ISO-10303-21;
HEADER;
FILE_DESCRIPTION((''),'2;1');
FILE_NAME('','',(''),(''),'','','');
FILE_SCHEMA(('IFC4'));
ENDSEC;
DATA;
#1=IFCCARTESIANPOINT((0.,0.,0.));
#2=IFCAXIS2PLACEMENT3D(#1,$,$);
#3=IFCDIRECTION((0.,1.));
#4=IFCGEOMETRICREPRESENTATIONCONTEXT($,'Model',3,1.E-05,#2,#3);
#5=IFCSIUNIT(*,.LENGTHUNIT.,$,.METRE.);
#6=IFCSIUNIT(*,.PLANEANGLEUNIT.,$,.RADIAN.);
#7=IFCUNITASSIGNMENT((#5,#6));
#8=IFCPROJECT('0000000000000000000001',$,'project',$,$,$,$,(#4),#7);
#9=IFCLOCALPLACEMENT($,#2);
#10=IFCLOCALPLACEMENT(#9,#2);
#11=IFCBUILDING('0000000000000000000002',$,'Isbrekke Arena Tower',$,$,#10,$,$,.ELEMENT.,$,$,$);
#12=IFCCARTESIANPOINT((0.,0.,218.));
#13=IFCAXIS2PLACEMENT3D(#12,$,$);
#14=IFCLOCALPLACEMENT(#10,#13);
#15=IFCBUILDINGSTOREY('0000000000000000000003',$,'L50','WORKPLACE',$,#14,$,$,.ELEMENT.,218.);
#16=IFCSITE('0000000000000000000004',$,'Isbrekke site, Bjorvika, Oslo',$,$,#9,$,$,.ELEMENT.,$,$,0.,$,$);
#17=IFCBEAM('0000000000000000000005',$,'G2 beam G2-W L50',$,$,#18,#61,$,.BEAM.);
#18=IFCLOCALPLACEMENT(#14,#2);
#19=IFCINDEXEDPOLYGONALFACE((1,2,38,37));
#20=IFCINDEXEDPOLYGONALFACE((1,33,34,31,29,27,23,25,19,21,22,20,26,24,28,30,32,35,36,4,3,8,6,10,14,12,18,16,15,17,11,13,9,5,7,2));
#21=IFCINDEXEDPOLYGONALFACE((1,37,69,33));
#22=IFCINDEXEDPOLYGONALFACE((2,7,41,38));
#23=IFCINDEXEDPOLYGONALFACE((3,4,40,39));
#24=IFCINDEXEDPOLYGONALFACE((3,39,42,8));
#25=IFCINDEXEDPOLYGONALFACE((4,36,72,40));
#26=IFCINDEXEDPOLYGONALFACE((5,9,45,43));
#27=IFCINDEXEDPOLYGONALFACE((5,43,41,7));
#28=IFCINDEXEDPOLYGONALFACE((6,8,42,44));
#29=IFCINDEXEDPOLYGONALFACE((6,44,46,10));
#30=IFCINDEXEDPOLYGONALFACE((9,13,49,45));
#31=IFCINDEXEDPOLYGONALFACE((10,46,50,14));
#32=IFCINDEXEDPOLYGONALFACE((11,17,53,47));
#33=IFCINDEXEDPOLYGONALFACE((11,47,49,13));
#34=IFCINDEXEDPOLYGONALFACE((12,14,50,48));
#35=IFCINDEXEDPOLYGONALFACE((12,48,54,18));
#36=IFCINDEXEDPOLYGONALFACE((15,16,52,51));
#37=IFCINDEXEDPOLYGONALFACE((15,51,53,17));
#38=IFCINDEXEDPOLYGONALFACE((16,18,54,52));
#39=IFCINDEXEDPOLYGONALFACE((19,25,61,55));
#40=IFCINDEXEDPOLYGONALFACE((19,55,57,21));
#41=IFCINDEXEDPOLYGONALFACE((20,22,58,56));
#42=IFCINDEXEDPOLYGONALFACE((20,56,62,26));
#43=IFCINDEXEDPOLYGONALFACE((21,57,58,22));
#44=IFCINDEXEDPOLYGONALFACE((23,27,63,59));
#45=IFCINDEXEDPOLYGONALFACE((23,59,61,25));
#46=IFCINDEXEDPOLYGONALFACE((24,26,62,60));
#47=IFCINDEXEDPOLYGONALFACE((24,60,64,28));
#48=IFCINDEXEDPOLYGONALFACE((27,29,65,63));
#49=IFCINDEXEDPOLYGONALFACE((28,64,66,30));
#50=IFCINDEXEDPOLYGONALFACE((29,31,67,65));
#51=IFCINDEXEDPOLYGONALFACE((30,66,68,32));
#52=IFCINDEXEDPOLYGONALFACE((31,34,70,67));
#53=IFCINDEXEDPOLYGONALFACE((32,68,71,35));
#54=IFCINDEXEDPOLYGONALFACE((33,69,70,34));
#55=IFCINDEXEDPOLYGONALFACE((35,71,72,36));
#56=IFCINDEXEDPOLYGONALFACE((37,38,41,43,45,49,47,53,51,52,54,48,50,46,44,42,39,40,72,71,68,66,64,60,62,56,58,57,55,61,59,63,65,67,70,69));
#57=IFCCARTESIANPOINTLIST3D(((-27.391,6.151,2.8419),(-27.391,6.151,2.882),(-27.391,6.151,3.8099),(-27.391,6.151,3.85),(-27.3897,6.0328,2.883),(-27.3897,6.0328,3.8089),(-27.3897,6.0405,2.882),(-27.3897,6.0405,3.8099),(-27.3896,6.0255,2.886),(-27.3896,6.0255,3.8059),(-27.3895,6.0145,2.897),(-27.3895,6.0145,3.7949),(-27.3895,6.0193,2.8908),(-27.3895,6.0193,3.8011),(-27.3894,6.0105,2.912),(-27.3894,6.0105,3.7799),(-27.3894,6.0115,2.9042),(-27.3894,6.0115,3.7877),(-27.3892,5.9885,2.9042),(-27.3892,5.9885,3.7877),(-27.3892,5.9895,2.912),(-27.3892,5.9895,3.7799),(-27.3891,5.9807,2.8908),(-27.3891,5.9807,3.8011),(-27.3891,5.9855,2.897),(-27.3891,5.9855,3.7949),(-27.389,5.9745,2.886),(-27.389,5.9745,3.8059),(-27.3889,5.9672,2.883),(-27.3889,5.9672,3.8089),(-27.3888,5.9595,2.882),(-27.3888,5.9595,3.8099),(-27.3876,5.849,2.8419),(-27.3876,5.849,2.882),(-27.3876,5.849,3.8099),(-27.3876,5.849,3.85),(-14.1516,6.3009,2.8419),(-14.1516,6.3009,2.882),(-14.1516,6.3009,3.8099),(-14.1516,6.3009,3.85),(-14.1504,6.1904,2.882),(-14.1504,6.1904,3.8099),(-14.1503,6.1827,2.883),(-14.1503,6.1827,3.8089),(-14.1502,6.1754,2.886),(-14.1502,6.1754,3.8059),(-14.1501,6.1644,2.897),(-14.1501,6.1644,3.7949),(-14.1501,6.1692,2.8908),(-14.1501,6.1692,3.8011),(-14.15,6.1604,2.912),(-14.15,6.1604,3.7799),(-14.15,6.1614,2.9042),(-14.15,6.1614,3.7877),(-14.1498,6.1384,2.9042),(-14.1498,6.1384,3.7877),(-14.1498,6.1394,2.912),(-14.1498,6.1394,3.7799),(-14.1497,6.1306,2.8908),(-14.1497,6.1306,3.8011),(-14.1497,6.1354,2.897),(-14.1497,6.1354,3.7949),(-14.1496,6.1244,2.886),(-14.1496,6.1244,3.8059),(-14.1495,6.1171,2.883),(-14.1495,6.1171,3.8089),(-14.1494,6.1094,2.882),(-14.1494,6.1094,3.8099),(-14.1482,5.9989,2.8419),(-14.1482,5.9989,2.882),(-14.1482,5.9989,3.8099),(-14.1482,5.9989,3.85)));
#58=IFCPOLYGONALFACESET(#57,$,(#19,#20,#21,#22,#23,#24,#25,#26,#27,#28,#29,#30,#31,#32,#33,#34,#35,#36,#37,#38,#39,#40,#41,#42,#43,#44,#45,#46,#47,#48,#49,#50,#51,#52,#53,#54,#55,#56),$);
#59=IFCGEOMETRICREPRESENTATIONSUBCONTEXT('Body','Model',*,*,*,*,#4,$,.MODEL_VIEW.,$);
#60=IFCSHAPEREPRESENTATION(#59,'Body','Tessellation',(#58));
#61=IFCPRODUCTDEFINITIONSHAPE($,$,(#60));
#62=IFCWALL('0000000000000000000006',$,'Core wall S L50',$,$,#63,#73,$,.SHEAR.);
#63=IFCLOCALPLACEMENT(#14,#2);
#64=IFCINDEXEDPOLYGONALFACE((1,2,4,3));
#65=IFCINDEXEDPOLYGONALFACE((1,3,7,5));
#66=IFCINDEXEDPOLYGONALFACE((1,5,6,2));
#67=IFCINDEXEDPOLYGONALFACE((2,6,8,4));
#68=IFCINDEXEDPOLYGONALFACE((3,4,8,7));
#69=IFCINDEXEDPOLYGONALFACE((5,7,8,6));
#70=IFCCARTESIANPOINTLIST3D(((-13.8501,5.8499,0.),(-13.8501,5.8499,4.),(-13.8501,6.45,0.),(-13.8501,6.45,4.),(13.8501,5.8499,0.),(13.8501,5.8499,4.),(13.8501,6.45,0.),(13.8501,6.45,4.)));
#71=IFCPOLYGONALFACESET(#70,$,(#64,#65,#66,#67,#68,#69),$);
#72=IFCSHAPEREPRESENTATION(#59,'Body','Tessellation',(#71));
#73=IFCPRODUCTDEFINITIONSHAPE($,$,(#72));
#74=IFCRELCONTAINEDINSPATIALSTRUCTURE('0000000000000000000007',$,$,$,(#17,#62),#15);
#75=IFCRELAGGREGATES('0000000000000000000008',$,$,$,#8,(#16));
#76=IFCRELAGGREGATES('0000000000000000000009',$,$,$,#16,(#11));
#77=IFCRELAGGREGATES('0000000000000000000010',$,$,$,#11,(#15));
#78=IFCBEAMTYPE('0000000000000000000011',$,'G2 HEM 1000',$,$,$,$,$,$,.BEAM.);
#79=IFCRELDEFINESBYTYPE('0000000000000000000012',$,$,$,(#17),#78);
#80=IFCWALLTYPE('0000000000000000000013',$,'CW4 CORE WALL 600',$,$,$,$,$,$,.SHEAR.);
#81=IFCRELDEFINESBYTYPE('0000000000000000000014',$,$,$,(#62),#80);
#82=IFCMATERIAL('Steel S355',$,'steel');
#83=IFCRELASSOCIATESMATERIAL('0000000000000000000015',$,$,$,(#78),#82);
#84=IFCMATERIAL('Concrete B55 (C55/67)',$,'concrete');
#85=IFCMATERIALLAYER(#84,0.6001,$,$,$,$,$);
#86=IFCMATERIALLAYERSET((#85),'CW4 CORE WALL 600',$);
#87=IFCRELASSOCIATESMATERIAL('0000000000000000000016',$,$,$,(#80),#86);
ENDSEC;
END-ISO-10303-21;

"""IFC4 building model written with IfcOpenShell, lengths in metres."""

from ifc_helpers import new_model, si_unit, direction, frame, frame_2d, origin, origin_2d, place, context, subcontext, project, spatial, rectangle, i_section, extrude, material, layer, layer_set, material_profile, profile_set, type_object, element, save


model = new_model("IFC4")

# Units and contexts
model_context = context("Model", 3, precision=1e-05, world=origin(), true_north=direction((0.0, 1.0)))
body_context = subcontext(model_context, "Body", "Model", "MODEL_VIEW")
ifc_project = project(units=[si_unit("LENGTHUNIT", "METRE"), si_unit("PLANEANGLEUNIT", "RADIAN")], contexts=[model_context])

# Site, building, storey
site_placement = place(None, origin())
site = spatial("IfcSite", under=ifc_project, at=site_placement, Name="Isbrekke site, Bjorvika, Oslo", CompositionType="ELEMENT", RefElevation=0.0)
building_placement = place(site_placement, origin())
building = spatial("IfcBuilding", under=site, at=building_placement, Name="Isbrekke Arena Tower", CompositionType="ELEMENT")
storey_placement = place(building_placement, frame((0.0, 0.0, 218.0)))
storey = spatial("IfcBuildingStorey", under=building, at=storey_placement, Name="L50", Description="WORKPLACE", CompositionType="ELEMENT", Elevation=218.0)

# Beam
ifc_material_1 = material(Name="Steel S355", Category="steel")
ifc_material_profile = material_profile(ifc_material_1, i_section(OverallWidth=0.302, OverallDepth=1.0081, WebThickness=0.021, FlangeThickness=0.04, FilletRadius=0.03, at=origin_2d()), Name="HEM 1000")
ifc_profile_set = profile_set([ifc_material_profile], Name="Steel S355")
beam_type = type_object("IfcBeamType", Name="G2 HEM 1000", PredefinedType="BEAM", material=ifc_profile_set)
beam_placement = place(storey_placement, frame((-14.1499, 6.1499, 3.3459), z_axis=(-0.999936, -0.011322, 0.0), x_axis=(0.011322, -0.999936, 0.0)))
element("IfcBeam", 1, at=beam_placement, inside=storey, type_object=beam_type, Name="G2 beam G2-W L50", PredefinedType="BEAM", context=body_context, shape_type="SweptSolid", body=[
    extrude(i_section(OverallWidth=0.302, OverallDepth=1.0081, WebThickness=0.021, FlangeThickness=0.04, FilletRadius=0.03, at=origin_2d()), origin(), (0.0, 0.0, 1.0), 13.2402),
])

# Wall
ifc_material_2 = material(Name="Concrete B55 (C55/67)", Category="concrete")
ifc_layer_1 = layer(ifc_material_2, 0.6001)
ifc_layer_set_1 = layer_set([ifc_layer_1], Name="CW4 CORE WALL 600")
wall_type_1 = type_object("IfcWallType", Name="CW4 CORE WALL 600", PredefinedType="SHEAR", material=ifc_layer_set_1)
wall_1_placement = place(storey_placement, frame((-13.8501, 6.1499, 0.0), z_axis=(0.0, 0.0, 1.0), x_axis=(1.0, 0.0, 0.0)))
element("IfcWall", 2, at=wall_1_placement, inside=storey, type_object=wall_type_1, Name="Core wall S L50", PredefinedType="SHEAR", context=body_context, shape_type="SweptSolid", body=[
    extrude(rectangle(XDim=27.7002, YDim=0.6001, at=frame_2d((13.8501, 0.0))), origin(), (0.0, 0.0, 1.0), 4.0),
])

save(model, "model.ifc")
